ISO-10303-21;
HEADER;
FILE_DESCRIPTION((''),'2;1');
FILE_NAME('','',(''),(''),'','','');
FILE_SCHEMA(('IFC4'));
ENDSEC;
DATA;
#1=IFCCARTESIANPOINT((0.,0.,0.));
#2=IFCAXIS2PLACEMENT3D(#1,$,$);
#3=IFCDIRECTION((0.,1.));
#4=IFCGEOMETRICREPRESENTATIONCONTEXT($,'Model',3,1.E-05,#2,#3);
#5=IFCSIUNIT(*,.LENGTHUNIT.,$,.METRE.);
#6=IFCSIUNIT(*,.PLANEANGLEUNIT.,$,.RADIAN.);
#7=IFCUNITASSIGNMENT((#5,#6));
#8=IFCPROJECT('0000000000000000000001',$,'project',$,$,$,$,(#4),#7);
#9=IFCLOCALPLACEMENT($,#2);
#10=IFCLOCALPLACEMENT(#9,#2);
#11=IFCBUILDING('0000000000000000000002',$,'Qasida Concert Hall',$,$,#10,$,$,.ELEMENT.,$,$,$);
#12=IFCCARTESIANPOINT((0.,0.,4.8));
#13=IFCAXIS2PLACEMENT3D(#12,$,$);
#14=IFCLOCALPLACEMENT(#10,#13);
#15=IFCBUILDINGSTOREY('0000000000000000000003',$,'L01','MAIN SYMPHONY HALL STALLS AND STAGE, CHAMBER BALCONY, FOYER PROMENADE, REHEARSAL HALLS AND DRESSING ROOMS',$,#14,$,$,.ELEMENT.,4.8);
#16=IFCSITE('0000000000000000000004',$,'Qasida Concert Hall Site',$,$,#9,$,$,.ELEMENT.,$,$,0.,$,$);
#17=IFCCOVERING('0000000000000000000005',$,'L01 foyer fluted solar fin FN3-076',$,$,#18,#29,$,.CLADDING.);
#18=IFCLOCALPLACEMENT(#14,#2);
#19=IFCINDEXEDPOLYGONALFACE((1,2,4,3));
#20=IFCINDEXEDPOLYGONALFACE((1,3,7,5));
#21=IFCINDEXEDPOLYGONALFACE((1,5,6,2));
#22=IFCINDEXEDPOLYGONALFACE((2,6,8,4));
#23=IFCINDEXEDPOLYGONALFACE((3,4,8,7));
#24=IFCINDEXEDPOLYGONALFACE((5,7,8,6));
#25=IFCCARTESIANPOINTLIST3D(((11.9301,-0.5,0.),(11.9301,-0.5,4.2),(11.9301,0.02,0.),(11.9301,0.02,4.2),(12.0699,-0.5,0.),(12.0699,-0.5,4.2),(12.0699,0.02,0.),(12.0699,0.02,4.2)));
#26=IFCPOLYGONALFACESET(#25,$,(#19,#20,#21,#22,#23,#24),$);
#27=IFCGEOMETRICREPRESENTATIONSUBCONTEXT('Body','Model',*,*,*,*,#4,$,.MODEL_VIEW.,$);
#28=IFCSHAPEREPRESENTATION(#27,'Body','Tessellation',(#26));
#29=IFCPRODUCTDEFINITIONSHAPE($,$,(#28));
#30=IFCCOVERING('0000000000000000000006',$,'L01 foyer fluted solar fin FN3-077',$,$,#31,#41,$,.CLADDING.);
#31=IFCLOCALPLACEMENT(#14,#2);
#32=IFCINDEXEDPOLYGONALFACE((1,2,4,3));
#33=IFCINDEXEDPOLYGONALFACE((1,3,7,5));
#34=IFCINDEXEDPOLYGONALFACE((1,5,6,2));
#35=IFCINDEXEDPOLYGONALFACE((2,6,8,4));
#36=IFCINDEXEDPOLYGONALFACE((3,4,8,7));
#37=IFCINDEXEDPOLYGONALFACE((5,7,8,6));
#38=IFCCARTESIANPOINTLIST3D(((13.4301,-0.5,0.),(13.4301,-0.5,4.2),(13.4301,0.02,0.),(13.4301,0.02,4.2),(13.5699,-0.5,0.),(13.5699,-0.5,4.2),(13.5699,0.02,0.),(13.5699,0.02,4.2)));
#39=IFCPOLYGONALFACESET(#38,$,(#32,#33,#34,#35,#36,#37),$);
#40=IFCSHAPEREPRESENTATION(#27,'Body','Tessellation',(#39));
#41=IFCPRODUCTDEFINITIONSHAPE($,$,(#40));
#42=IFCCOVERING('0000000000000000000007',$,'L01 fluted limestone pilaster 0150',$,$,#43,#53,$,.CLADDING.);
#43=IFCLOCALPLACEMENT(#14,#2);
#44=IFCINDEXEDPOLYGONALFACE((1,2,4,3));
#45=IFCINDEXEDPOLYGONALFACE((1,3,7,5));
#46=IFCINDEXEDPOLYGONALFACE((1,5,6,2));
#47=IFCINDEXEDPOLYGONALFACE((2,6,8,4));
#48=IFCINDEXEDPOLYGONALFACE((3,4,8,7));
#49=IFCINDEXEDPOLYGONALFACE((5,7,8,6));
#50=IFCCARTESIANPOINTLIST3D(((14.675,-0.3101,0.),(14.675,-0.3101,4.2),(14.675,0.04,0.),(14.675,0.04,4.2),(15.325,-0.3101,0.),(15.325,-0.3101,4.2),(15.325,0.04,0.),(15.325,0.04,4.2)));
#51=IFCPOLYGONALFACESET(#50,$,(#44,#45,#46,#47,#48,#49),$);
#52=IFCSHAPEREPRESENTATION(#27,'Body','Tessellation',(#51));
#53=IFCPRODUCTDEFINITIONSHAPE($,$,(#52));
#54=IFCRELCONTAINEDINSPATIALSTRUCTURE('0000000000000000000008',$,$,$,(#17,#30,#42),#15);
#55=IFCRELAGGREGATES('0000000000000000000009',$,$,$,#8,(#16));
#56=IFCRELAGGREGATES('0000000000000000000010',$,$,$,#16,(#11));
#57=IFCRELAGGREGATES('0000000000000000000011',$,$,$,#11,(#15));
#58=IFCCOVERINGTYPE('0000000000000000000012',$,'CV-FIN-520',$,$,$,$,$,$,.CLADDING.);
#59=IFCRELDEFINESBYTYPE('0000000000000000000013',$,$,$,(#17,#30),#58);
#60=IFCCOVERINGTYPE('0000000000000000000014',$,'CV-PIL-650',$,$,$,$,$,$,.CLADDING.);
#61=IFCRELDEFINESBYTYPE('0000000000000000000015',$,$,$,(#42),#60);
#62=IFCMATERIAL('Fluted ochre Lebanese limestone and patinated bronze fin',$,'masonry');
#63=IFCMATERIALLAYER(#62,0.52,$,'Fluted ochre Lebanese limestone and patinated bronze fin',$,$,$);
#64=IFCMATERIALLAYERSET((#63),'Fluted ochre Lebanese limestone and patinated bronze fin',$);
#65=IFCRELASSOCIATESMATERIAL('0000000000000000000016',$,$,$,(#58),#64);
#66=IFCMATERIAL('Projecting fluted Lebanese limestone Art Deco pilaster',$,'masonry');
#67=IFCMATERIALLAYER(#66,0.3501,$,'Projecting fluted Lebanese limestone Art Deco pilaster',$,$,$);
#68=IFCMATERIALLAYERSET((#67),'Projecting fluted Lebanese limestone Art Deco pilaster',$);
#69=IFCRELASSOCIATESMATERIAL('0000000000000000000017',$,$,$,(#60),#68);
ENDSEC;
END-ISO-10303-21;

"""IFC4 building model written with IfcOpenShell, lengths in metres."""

from ifc_helpers import new_model, si_unit, direction, frame, origin, origin_2d, place, context, subcontext, project, spatial, rectangle, extrude, material, layer, layer_set, type_object, element, save


model = new_model("IFC4")

# Units and contexts
model_context = context("Model", 3, precision=1e-05, world=origin(), true_north=direction((0.0, 1.0)))
body_context = subcontext(model_context, "Body", "Model", "MODEL_VIEW")
ifc_project = project(units=[si_unit("LENGTHUNIT", "METRE"), si_unit("PLANEANGLEUNIT", "RADIAN")], contexts=[model_context])

# Site, building, storey
site_placement = place(None, origin())
site = spatial("IfcSite", under=ifc_project, at=site_placement, Name="Qasida Concert Hall Site", CompositionType="ELEMENT", RefElevation=0.0)
building_placement = place(site_placement, origin())
building = spatial("IfcBuilding", under=site, at=building_placement, Name="Qasida Concert Hall", CompositionType="ELEMENT")
storey_placement = place(building_placement, frame((0.0, 0.0, 4.8)))
storey = spatial("IfcBuildingStorey", under=building, at=storey_placement, Name="L01", Description="MAIN SYMPHONY HALL STALLS AND STAGE, CHAMBER BALCONY, FOYER PROMENADE, REHEARSAL HALLS AND DRESSING ROOMS", CompositionType="ELEMENT", Elevation=4.8)

# Coverings
ifc_material_1 = material(Name="Fluted ochre Lebanese limestone and patinated bronze fin", Category="masonry")
ifc_layer_1 = layer(ifc_material_1, 0.52, Name="Fluted ochre Lebanese limestone and patinated bronze fin")
ifc_layer_set_1 = layer_set([ifc_layer_1], Name="Fluted ochre Lebanese limestone and patinated bronze fin")
covering_type_1 = type_object("IfcCoveringType", Name="CV-FIN-520", PredefinedType="CLADDING", material=ifc_layer_set_1)
for number, where, z_axis, x_axis, name in (
    (1, (12.0, -0.24, 0.0), (0.0, 0.0, 1.0), (1.0, 0.0, 0.0), "L01 foyer fluted solar fin FN3-076"),
    (2, (13.5, -0.24, 0.0), (0.0, 0.0, 1.0), (1.0, 0.0, 0.0), "L01 foyer fluted solar fin FN3-077"),
):
    element("IfcCovering", number, at=place(storey_placement, frame(where, z_axis=z_axis, x_axis=x_axis)), inside=storey, type_object=covering_type_1, Name=name, PredefinedType="CLADDING", context=body_context, shape_type="SweptSolid", body=[
        extrude(rectangle(XDim=0.1399, YDim=0.52, at=origin_2d()), origin(), (0.0, 0.0, 1.0), 4.2),
    ])
ifc_material_2 = material(Name="Projecting fluted Lebanese limestone Art Deco pilaster", Category="masonry")
ifc_layer_2 = layer(ifc_material_2, 0.3501, Name="Projecting fluted Lebanese limestone Art Deco pilaster")
ifc_layer_set_2 = layer_set([ifc_layer_2], Name="Projecting fluted Lebanese limestone Art Deco pilaster")
covering_type_2 = type_object("IfcCoveringType", Name="CV-PIL-650", PredefinedType="CLADDING", material=ifc_layer_set_2)
covering_placement = place(storey_placement, frame((15.0, -0.135, 0.0), z_axis=(0.0, 0.0, 1.0), x_axis=(1.0, 0.0, 0.0)))
element("IfcCovering", 3, at=covering_placement, inside=storey, type_object=covering_type_2, Name="L01 fluted limestone pilaster 0150", PredefinedType="CLADDING", context=body_context, shape_type="SweptSolid", body=[
    extrude(rectangle(XDim=0.6499, YDim=0.3501, at=origin_2d()), origin(), (0.0, 0.0, 1.0), 4.2),
])

save(model, "model.ifc")
